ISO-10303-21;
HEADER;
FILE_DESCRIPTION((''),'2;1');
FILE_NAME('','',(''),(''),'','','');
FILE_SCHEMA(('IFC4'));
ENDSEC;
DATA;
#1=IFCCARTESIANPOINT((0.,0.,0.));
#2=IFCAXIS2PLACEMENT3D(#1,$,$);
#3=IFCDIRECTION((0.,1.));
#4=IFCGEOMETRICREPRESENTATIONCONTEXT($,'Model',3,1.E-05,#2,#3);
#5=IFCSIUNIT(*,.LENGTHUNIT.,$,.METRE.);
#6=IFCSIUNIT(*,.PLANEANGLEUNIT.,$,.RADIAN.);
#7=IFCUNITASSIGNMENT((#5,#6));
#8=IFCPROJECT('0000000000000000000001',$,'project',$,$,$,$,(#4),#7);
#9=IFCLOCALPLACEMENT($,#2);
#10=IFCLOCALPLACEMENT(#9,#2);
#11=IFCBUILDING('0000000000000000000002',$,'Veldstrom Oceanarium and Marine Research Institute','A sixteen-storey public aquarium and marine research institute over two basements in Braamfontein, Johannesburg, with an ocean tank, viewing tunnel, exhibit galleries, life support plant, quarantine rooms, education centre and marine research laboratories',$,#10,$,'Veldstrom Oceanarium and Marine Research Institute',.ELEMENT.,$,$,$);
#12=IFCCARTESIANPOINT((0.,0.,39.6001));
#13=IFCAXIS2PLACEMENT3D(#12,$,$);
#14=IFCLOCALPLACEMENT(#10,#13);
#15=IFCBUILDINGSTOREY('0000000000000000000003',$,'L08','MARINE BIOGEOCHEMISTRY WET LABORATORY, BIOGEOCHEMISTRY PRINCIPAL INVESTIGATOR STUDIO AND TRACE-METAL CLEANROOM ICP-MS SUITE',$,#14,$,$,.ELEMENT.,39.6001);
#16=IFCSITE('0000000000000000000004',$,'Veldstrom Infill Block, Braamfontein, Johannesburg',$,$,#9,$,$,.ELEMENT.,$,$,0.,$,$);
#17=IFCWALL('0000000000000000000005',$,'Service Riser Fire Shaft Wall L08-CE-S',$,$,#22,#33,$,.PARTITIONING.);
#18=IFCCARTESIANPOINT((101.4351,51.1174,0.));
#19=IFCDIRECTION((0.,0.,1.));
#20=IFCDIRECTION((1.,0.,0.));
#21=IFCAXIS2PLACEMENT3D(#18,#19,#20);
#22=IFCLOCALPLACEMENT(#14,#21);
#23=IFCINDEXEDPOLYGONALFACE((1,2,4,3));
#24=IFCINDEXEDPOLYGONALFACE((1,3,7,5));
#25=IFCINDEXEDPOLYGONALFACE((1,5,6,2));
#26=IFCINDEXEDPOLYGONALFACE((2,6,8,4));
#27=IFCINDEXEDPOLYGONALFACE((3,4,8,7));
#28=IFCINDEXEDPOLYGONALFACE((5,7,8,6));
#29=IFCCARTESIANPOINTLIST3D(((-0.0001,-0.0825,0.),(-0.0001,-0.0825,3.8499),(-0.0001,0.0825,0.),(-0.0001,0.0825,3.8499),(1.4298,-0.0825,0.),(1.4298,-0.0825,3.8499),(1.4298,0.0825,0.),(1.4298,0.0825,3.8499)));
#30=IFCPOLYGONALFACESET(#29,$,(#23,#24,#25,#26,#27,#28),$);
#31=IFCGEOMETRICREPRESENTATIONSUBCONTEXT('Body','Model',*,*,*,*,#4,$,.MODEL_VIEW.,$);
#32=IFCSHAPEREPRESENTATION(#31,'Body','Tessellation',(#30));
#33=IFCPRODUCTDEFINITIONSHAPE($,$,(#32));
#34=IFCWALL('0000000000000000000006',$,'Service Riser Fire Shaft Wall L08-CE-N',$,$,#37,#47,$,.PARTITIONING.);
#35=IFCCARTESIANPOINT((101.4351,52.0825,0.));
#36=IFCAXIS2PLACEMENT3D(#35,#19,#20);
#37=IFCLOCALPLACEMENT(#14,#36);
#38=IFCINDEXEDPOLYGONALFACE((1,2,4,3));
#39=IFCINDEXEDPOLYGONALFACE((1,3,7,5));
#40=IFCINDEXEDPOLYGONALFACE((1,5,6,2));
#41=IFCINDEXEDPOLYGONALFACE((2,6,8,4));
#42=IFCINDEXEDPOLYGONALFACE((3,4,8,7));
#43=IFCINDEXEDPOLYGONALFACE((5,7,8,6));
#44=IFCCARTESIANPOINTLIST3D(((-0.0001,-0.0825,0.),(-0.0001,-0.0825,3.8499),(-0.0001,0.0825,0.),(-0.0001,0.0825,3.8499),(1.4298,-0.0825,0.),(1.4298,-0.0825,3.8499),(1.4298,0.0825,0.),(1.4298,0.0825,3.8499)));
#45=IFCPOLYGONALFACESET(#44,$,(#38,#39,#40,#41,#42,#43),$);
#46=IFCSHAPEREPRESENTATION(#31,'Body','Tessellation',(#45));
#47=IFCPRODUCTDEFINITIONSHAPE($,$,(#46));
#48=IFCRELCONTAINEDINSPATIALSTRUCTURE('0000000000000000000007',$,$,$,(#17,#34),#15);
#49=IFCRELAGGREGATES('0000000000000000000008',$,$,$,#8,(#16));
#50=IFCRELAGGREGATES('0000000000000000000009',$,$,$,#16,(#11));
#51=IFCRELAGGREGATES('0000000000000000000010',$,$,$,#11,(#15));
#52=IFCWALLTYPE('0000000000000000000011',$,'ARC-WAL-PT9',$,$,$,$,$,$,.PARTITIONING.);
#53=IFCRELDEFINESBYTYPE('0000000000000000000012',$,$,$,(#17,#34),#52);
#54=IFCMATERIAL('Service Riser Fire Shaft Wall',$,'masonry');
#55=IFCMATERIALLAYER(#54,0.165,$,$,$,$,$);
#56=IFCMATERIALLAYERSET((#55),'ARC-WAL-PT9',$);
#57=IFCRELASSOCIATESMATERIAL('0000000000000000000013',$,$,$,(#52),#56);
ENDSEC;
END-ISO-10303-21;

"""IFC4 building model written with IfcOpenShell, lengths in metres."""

from ifc_helpers import new_model, si_unit, direction, frame, frame_2d, origin, place, context, subcontext, project, spatial, rectangle, extrude, material, layer, layer_set, type_object, element, save


model = new_model("IFC4")

# Units and contexts
model_context = context("Model", 3, precision=1e-05, world=origin(), true_north=direction((0.0, 1.0)))
body_context = subcontext(model_context, "Body", "Model", "MODEL_VIEW")
ifc_project = project(units=[si_unit("LENGTHUNIT", "METRE"), si_unit("PLANEANGLEUNIT", "RADIAN")], contexts=[model_context])

# Site, building, storey
site_placement = place(None, origin())
site = spatial("IfcSite", under=ifc_project, at=site_placement, Name="Veldstrom Infill Block, Braamfontein, Johannesburg", CompositionType="ELEMENT", RefElevation=0.0)
building_placement = place(site_placement, origin())
building = spatial("IfcBuilding", under=site, at=building_placement, Name="Veldstrom Oceanarium and Marine Research Institute", Description="A sixteen-storey public aquarium and marine research institute over two basements in Braamfontein, Johannesburg, with an ocean tank, viewing tunnel, exhibit galleries, life support plant, quarantine rooms, education centre and marine research laboratories", LongName="Veldstrom Oceanarium and Marine Research Institute", CompositionType="ELEMENT")
storey_placement = place(building_placement, frame((0.0, 0.0, 39.6001)))
storey = spatial("IfcBuildingStorey", under=building, at=storey_placement, Name="L08", Description="MARINE BIOGEOCHEMISTRY WET LABORATORY, BIOGEOCHEMISTRY PRINCIPAL INVESTIGATOR STUDIO AND TRACE-METAL CLEANROOM ICP-MS SUITE", CompositionType="ELEMENT", Elevation=39.6001)

# Walls
ifc_material_1 = material(Name="Service Riser Fire Shaft Wall", Category="masonry")
ifc_layer_1 = layer(ifc_material_1, 0.165)
ifc_layer_set_1 = layer_set([ifc_layer_1], Name="ARC-WAL-PT9")
wall_type_1 = type_object("IfcWallType", Name="ARC-WAL-PT9", PredefinedType="PARTITIONING", material=ifc_layer_set_1)
for number, where, z_axis, x_axis, name in (
    (1, (101.4351, 51.1174, 0.0), (0.0, 0.0, 1.0), (1.0, 0.0, 0.0), "Service Riser Fire Shaft Wall L08-CE-S"),
    (2, (101.4351, 52.0825, 0.0), (0.0, 0.0, 1.0), (1.0, 0.0, 0.0), "Service Riser Fire Shaft Wall L08-CE-N"),
):
    element("IfcWall", number, at=place(storey_placement, frame(where, z_axis=z_axis, x_axis=x_axis)), inside=storey, type_object=wall_type_1, Name=name, PredefinedType="PARTITIONING", context=body_context, shape_type="SweptSolid", body=[
        extrude(rectangle(XDim=1.4299, YDim=0.165, at=frame_2d((0.7148, 0.0))), origin(), (0.0, 0.0, 1.0), 3.8499),
    ])

save(model, "model.ifc")
